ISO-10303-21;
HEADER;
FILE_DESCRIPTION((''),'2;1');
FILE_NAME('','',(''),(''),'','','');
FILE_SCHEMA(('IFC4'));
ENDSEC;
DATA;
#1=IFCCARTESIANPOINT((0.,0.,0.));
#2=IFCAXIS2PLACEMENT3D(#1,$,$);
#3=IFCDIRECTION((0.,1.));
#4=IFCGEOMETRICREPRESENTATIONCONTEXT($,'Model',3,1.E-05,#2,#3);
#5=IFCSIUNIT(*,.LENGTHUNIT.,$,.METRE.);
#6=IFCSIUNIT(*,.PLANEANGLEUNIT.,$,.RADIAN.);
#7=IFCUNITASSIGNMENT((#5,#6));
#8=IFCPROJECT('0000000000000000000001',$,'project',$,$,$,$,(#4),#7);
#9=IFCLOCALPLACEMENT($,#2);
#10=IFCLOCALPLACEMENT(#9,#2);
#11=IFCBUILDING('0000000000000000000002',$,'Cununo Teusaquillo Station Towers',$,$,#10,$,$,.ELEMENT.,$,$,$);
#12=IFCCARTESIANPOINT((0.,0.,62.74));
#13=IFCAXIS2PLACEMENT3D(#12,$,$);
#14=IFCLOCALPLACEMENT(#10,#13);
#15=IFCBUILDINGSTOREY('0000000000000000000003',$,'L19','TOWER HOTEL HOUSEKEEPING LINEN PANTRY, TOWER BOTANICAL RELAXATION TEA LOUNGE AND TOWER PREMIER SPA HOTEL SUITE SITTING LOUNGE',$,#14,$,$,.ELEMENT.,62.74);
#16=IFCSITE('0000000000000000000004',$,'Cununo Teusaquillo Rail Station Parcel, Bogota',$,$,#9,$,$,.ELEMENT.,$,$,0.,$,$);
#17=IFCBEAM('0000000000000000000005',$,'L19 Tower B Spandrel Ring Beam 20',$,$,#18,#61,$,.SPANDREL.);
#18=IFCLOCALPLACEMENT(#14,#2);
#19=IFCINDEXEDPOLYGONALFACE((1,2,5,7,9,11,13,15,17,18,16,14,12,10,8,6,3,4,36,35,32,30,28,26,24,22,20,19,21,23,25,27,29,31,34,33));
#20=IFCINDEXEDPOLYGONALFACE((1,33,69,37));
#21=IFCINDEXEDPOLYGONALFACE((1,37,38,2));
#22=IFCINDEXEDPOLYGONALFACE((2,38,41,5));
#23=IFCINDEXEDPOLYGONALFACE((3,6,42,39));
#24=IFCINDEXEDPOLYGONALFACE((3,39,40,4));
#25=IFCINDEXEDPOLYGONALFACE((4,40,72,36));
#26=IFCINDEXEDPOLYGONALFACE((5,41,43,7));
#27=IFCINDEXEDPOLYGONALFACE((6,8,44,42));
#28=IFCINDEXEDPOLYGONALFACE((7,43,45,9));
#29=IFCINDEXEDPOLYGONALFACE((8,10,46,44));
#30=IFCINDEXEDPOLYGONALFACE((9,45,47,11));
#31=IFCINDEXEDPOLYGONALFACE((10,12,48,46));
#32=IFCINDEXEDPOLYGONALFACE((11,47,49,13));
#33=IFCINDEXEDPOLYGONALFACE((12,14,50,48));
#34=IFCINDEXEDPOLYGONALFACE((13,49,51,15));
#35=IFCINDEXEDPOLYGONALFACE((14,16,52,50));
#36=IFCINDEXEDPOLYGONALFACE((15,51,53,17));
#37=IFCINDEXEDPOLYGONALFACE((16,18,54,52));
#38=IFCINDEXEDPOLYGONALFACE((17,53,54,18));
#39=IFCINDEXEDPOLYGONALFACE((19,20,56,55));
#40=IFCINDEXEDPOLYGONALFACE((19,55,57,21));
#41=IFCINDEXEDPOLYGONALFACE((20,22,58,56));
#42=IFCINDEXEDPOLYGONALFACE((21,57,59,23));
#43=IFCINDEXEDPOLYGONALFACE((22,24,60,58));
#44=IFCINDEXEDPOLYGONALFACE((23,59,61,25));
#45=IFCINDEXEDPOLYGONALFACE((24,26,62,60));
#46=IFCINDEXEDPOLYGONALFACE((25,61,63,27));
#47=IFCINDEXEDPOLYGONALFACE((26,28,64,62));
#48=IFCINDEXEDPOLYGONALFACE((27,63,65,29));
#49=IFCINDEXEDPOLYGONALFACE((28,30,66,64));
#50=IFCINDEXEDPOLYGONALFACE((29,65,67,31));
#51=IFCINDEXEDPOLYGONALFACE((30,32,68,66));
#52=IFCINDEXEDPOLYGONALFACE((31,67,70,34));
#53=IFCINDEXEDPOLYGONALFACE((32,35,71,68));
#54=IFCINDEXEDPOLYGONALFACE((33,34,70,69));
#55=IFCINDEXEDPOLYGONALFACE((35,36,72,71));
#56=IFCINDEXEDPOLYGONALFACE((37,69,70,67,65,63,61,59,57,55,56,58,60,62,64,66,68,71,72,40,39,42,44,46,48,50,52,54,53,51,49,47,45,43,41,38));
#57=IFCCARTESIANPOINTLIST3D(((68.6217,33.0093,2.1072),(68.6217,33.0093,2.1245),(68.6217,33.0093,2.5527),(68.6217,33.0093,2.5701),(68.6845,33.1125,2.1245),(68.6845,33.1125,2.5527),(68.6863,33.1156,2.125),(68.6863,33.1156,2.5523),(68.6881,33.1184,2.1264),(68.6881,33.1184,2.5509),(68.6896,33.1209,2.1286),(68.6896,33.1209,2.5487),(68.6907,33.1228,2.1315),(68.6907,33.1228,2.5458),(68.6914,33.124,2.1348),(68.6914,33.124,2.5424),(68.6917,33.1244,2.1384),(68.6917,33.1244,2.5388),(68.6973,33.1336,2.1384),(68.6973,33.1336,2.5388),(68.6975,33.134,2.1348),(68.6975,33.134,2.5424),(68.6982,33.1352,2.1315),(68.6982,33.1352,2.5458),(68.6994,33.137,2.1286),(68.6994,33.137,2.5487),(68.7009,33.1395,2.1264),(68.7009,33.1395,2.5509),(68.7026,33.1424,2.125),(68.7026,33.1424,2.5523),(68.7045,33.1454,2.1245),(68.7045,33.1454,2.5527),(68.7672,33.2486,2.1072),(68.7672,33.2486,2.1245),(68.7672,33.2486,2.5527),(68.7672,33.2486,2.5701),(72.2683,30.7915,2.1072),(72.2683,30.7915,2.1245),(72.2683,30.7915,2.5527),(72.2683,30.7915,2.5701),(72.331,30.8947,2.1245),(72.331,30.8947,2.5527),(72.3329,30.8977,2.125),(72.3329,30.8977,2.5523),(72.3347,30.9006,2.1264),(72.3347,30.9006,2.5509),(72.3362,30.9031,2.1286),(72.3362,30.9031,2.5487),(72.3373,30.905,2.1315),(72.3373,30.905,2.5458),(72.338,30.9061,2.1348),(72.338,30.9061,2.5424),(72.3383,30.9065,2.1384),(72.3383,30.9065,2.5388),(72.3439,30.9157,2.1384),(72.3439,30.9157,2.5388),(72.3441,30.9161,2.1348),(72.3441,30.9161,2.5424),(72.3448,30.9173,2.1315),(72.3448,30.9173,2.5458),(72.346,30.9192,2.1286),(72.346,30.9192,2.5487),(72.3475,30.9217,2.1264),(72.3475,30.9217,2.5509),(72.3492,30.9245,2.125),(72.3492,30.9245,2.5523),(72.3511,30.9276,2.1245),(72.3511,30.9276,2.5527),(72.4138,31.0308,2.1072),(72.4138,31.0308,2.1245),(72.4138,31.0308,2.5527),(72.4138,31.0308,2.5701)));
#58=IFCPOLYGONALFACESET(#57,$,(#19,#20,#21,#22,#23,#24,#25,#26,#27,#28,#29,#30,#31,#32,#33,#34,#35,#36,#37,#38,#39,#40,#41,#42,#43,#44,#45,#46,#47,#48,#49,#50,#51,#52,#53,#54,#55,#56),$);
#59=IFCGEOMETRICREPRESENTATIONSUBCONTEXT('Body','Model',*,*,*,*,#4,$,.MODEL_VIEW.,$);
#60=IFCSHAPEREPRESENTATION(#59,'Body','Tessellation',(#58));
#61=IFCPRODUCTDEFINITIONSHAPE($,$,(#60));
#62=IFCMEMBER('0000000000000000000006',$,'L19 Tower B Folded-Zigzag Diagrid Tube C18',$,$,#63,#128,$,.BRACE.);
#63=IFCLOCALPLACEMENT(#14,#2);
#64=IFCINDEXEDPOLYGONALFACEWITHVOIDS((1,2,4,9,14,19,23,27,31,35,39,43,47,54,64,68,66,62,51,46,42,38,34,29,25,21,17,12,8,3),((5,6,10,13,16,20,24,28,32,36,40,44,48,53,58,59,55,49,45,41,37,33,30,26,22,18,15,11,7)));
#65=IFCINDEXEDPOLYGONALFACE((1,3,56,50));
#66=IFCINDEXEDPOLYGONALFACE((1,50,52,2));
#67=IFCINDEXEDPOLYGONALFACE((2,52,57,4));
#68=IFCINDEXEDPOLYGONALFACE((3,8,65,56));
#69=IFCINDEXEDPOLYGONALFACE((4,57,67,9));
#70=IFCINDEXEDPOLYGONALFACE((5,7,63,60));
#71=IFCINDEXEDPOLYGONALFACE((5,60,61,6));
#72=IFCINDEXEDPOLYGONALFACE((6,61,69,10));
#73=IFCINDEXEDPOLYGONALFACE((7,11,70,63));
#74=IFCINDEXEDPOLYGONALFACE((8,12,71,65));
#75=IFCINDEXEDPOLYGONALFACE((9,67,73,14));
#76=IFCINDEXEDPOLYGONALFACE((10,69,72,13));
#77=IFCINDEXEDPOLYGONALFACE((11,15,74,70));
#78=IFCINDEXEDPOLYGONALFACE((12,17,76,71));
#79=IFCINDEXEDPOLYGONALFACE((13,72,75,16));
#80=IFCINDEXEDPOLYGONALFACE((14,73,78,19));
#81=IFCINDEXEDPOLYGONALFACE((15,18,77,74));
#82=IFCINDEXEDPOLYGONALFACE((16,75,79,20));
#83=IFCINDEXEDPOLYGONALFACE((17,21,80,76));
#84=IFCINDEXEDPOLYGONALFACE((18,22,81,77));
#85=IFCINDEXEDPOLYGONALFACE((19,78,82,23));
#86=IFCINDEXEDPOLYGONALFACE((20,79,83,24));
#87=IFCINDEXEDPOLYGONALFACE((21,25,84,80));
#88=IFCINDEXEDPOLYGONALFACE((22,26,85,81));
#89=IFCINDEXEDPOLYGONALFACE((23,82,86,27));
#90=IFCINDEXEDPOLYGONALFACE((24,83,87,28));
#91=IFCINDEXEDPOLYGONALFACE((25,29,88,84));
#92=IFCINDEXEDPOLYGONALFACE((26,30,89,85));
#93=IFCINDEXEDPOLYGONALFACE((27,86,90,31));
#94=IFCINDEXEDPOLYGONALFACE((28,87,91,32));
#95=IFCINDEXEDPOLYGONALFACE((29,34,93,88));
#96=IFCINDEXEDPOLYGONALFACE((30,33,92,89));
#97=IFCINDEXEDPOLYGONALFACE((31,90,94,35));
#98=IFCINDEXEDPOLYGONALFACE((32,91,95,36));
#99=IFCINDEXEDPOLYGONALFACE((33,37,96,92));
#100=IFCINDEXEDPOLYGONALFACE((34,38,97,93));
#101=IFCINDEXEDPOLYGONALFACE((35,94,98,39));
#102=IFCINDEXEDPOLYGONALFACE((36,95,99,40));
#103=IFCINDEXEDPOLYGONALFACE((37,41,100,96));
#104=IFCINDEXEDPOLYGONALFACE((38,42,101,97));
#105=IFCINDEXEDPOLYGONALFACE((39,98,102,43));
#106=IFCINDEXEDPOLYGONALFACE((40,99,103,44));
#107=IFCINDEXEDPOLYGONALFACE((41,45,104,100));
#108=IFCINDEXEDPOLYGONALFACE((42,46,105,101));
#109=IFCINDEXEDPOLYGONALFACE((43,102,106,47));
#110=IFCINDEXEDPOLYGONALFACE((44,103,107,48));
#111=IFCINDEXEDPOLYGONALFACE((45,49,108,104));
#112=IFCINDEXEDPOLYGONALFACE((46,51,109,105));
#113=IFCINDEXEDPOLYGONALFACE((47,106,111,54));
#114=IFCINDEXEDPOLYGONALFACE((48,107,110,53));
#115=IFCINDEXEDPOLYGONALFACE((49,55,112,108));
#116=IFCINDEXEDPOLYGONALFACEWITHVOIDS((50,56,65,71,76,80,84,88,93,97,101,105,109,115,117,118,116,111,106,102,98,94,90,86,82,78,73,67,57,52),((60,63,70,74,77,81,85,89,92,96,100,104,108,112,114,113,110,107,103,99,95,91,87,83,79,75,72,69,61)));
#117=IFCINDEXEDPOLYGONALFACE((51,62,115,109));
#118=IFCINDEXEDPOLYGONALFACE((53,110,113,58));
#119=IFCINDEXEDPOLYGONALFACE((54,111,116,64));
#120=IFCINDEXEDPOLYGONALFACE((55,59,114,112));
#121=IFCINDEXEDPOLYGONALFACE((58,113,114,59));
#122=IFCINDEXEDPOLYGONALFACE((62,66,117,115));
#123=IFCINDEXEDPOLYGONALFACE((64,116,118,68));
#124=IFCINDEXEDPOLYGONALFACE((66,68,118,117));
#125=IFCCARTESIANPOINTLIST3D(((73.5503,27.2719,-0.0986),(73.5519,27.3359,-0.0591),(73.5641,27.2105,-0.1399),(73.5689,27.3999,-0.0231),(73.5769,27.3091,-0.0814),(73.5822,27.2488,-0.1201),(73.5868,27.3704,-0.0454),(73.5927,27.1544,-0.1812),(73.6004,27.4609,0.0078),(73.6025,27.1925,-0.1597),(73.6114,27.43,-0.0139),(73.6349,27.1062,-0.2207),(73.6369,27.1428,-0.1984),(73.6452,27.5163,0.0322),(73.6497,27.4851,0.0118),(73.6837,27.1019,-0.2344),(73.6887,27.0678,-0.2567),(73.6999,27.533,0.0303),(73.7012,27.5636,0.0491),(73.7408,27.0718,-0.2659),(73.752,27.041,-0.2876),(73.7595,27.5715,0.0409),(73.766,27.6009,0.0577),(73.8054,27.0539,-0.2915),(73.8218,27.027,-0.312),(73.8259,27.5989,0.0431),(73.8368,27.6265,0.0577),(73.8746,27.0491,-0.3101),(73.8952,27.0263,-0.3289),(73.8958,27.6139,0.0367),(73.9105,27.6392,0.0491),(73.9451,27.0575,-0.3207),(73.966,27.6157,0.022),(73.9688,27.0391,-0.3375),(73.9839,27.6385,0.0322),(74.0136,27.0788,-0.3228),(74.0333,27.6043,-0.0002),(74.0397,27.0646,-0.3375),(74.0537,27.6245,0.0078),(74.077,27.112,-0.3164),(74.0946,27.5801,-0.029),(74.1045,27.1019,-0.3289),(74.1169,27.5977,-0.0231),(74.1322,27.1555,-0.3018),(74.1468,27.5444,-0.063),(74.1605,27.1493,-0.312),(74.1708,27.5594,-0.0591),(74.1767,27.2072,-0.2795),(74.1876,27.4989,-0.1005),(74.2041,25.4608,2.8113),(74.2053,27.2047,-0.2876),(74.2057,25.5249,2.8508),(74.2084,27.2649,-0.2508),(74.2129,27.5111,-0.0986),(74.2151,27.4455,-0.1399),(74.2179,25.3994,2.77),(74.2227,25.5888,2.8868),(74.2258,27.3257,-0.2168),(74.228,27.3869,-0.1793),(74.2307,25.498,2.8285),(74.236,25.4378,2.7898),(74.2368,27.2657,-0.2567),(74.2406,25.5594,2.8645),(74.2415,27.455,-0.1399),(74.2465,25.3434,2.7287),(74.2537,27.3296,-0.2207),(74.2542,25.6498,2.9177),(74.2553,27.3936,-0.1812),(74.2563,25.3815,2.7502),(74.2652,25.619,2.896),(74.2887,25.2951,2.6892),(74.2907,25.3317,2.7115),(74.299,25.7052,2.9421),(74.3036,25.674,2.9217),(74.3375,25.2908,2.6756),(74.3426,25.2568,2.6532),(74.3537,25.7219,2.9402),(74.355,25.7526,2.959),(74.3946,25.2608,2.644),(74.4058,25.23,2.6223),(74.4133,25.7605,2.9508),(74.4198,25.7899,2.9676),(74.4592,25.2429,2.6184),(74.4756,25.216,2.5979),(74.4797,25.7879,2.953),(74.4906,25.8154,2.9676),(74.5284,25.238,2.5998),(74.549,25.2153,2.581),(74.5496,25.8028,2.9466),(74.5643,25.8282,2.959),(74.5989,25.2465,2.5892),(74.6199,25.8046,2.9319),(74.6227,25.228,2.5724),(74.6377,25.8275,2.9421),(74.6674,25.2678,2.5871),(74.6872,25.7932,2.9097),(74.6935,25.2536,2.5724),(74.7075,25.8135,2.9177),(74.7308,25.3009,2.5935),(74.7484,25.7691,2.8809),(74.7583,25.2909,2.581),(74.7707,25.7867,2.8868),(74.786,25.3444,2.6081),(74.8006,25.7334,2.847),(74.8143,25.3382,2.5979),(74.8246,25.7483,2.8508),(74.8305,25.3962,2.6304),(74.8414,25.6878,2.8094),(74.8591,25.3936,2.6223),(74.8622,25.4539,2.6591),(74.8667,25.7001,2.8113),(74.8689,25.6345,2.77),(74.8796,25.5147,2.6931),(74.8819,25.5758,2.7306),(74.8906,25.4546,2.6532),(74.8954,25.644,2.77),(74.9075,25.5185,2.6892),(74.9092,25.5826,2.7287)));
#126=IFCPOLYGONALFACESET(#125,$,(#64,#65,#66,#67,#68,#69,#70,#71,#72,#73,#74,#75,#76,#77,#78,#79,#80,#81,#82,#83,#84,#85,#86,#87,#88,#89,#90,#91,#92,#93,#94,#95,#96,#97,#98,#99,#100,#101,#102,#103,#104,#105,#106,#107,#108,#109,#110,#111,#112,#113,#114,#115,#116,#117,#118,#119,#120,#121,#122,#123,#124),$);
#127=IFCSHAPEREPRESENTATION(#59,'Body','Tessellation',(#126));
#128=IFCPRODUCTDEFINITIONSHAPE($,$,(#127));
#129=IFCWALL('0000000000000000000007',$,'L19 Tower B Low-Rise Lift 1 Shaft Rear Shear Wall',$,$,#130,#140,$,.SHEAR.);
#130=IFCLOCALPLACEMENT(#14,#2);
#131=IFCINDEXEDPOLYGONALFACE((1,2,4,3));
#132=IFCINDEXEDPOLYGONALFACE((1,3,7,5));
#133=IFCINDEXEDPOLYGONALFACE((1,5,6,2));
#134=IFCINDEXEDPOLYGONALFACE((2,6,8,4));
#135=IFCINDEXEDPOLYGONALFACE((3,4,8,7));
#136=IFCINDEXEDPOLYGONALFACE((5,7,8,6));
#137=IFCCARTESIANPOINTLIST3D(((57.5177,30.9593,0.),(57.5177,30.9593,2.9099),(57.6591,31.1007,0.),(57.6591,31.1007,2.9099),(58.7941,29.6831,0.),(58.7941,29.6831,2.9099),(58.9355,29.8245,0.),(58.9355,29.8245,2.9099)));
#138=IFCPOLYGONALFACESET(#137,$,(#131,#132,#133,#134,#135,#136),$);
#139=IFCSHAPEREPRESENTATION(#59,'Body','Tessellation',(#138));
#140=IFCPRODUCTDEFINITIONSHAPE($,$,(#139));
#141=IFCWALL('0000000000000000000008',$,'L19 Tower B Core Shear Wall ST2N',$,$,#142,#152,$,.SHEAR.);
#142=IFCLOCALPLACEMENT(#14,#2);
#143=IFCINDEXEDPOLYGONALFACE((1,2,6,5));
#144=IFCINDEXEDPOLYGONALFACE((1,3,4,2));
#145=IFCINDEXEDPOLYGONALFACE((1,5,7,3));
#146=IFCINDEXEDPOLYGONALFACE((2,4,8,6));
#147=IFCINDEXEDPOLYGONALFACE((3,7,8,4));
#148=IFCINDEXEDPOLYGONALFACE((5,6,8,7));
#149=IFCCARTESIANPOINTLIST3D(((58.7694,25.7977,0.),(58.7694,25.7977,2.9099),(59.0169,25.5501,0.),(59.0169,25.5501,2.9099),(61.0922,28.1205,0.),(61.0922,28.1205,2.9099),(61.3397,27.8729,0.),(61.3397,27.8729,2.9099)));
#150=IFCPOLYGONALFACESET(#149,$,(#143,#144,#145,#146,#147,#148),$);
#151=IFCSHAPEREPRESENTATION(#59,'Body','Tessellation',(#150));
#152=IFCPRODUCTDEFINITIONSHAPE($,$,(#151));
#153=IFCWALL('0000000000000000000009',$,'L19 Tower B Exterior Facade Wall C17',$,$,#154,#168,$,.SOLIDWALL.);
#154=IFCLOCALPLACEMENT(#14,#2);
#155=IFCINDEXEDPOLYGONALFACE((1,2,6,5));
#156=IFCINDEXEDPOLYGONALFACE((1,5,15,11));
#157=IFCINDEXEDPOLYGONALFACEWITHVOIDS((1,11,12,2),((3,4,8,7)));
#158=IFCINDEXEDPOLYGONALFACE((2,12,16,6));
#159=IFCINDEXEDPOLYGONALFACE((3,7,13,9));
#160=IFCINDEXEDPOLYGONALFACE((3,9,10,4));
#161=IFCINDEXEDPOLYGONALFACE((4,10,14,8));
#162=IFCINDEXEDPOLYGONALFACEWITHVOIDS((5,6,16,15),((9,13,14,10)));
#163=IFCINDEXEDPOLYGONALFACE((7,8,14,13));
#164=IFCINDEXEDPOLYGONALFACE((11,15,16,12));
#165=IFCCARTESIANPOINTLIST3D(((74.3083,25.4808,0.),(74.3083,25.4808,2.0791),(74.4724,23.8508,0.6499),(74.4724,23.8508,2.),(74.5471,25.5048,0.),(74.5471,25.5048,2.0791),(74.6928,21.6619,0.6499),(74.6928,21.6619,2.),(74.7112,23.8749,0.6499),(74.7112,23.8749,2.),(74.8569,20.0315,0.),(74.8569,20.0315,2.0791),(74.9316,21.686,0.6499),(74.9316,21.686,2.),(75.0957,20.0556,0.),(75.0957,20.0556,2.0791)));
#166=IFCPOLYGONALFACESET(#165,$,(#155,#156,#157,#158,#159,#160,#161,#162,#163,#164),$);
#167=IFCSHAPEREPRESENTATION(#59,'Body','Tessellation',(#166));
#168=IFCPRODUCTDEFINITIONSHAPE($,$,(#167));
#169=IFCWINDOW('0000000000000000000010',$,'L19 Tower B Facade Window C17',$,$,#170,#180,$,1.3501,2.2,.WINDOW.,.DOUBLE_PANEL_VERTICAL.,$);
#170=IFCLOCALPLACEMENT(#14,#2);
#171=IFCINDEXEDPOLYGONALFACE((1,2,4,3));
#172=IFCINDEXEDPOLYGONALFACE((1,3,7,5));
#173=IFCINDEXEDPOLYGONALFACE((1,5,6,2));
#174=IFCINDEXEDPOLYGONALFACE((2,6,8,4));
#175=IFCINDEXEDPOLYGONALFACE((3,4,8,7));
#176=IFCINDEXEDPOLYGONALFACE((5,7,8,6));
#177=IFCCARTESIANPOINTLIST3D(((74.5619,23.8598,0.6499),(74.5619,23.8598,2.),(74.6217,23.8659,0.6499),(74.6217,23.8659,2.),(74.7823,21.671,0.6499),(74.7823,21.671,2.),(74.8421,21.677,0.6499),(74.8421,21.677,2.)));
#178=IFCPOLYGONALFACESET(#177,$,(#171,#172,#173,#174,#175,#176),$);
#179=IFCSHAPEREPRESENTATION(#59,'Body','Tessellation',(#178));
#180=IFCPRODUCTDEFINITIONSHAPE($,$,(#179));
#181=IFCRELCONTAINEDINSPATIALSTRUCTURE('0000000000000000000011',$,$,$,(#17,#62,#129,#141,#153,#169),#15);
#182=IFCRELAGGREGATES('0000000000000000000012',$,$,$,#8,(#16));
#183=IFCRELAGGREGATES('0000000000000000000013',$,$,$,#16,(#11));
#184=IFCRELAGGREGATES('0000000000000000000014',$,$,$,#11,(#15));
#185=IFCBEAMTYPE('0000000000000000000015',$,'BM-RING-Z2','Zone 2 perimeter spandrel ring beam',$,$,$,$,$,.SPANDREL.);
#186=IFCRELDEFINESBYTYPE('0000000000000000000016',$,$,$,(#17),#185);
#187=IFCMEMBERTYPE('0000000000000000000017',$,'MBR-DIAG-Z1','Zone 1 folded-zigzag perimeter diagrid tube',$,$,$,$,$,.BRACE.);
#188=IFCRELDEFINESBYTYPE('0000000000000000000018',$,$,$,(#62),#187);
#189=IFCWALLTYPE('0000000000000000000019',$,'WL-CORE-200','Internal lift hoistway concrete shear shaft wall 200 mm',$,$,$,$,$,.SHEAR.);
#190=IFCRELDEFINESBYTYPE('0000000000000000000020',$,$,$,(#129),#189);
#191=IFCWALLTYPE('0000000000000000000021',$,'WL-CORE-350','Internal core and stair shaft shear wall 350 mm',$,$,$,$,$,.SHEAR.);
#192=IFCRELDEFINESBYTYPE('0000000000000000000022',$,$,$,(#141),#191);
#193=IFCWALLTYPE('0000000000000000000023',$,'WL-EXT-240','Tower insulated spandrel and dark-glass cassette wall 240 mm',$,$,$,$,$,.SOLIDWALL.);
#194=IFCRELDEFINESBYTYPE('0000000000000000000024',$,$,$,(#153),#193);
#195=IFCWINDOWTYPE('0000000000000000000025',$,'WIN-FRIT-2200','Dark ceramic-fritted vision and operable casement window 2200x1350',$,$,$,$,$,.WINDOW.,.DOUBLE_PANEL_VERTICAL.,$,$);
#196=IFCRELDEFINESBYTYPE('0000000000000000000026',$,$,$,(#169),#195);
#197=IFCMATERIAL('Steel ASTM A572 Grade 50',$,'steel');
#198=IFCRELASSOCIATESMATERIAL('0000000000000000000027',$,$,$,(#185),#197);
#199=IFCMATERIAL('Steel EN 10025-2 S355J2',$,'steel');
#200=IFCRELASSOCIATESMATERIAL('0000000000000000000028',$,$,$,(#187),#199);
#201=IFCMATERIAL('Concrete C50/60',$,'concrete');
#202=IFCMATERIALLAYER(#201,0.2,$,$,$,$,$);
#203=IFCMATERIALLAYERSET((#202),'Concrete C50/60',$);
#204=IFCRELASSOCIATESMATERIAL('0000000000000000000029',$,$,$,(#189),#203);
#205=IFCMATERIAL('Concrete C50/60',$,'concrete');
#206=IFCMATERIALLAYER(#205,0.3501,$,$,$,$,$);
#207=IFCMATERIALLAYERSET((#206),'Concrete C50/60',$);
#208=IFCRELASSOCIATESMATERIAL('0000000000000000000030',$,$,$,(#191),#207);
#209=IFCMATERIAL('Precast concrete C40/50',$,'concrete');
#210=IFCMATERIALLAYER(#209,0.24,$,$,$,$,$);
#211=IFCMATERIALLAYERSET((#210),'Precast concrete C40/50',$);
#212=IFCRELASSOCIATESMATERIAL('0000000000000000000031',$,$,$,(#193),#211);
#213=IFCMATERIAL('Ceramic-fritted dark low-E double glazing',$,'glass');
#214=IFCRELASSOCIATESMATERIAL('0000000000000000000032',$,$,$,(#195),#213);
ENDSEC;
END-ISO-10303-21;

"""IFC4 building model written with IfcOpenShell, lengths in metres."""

from ifc_helpers import new_model, si_unit, direction, frame, frame_2d, origin, origin_2d, place, context, subcontext, project, spatial, rectangle, hollow_circle, i_section, extrude, source, transform, mapped, material, layer, layer_set, material_profile, profile_set, type_object, element, fill, save


model = new_model("IFC4")

# Units and contexts
model_context = context("Model", 3, precision=1e-05, world=origin(), true_north=direction((0.0, 1.0)))
body_context = subcontext(model_context, "Body", "Model", "MODEL_VIEW")
ifc_project = project(units=[si_unit("LENGTHUNIT", "METRE"), si_unit("PLANEANGLEUNIT", "RADIAN")], contexts=[model_context])

# Site, building, storey
site_placement = place(None, origin())
site = spatial("IfcSite", under=ifc_project, at=site_placement, Name="Cununo Teusaquillo Rail Station Parcel, Bogota", CompositionType="ELEMENT", RefElevation=0.0)
building_placement = place(site_placement, origin())
building = spatial("IfcBuilding", under=site, at=building_placement, Name="Cununo Teusaquillo Station Towers", CompositionType="ELEMENT")
storey_placement = place(building_placement, frame((0.0, 0.0, 62.74)))
storey = spatial("IfcBuildingStorey", under=building, at=storey_placement, Name="L19", Description="TOWER HOTEL HOUSEKEEPING LINEN PANTRY, TOWER BOTANICAL RELAXATION TEA LOUNGE AND TOWER PREMIER SPA HOTEL SUITE SITTING LOUNGE", CompositionType="ELEMENT", Elevation=62.74)

# Beam
ifc_material_1 = material(Name="Steel ASTM A572 Grade 50", Category="steel")
ifc_material_profile_1 = material_profile(ifc_material_1, i_section(OverallWidth=0.28, OverallDepth=0.4629, WebThickness=0.0107, FlangeThickness=0.0173, FilletRadius=0.0139, at=origin_2d()), Name="W18X76")
ifc_profile_set_1 = profile_set([ifc_material_profile_1], Name="Steel ASTM A572 Grade 50")
beam_type = type_object("IfcBeamType", Name="BM-RING-Z2", Description="Zone 2 perimeter spandrel ring beam", PredefinedType="SPANDREL", material=ifc_profile_set_1)
beam_1_placement = place(storey_placement, frame((72.3411, 30.9111, 2.3386), z_axis=(-0.854388, 0.519635, 0.0), x_axis=(-0.519635, -0.854388, 0.0)))
element("IfcBeam", 1, at=beam_1_placement, inside=storey, type_object=beam_type, Name="L19 Tower B Spandrel Ring Beam 20", PredefinedType="SPANDREL", context=body_context, shape_type="SweptSolid", body=[
    extrude(i_section(OverallWidth=0.28, OverallDepth=0.4629, WebThickness=0.0107, FlangeThickness=0.0173, FilletRadius=0.0139, at=origin_2d()), origin(), (0.0, 0.0, 1.0), 4.2681),
])

# Member
ifc_material_2 = material(Name="Steel EN 10025-2 S355J2", Category="steel")
ifc_material_profile_2 = material_profile(ifc_material_2, hollow_circle(Radius=0.3601, WallThickness=0.0281, at=origin_2d()), Name="CHS 720x28")
ifc_profile_set_2 = profile_set([ifc_material_profile_2], Name="Steel EN 10025-2 S355J2")
member_type = type_object("IfcMemberType", Name="MBR-DIAG-Z1", Description="Zone 1 folded-zigzag perimeter diagrid tube", PredefinedType="BRACE", material=ifc_profile_set_2)
member_placement = place(storey_placement, frame((73.9028, 27.3328, -0.1399), z_axis=(0.187378, -0.519032, 0.833964), x_axis=(0.940583, 0.339563, 0.0)))
element("IfcMember", 2, at=member_placement, inside=storey, type_object=member_type, Name="L19 Tower B Folded-Zigzag Diagrid Tube C18", PredefinedType="BRACE", context=body_context, shape_type="SweptSolid", body=[
    extrude(hollow_circle(Radius=0.3601, WallThickness=0.0281, at=origin_2d()), origin(), (0.0, 0.0, 1.0), 3.4893),
])

# Walls
ifc_material_3 = material(Name="Concrete C50/60", Category="concrete")
ifc_layer_1 = layer(ifc_material_3, 0.2)
ifc_layer_set_1 = layer_set([ifc_layer_1], Name="Concrete C50/60")
wall_type_1 = type_object("IfcWallType", Name="WL-CORE-200", Description="Internal lift hoistway concrete shear shaft wall 200 mm", PredefinedType="SHEAR", material=ifc_layer_set_1)
wall_1_placement = place(storey_placement, frame((58.8647, 29.7539, 0.0), z_axis=(0.0, 0.0, 1.0), x_axis=(-0.707174, 0.707039, 0.0)))
element("IfcWall", 3, at=wall_1_placement, inside=storey, type_object=wall_type_1, Name="L19 Tower B Low-Rise Lift 1 Shaft Rear Shear Wall", PredefinedType="SHEAR", context=body_context, shape_type="SweptSolid", body=[
    extrude(rectangle(XDim=1.8049, YDim=0.2, at=frame_2d((0.9023, 0.0))), origin(), (0.0, 0.0, 1.0), 2.9099),
])
ifc_material_4 = material(Name="Concrete C50/60", Category="concrete")
ifc_layer_2 = layer(ifc_material_4, 0.3501)
ifc_layer_set_2 = layer_set([ifc_layer_2], Name="Concrete C50/60")
wall_type_2 = type_object("IfcWallType", Name="WL-CORE-350", Description="Internal core and stair shaft shear wall 350 mm", PredefinedType="SHEAR", material=ifc_layer_set_2)
wall_2_placement = place(storey_placement, frame((58.8931, 25.6738, 0.0), z_axis=(0.0, 0.0, 1.0), x_axis=(0.707107, 0.707107, 0.0)))
element("IfcWall", 4, at=wall_2_placement, inside=storey, type_object=wall_type_2, Name="L19 Tower B Core Shear Wall ST2N", PredefinedType="SHEAR", context=body_context, shape_type="SweptSolid", body=[
    extrude(rectangle(XDim=3.2849, YDim=0.3501, at=frame_2d((1.6426, 0.0))), origin(), (0.0, 0.0, 1.0), 2.9099),
])

# Wall, opening, window
ifc_material_5 = material(Name="Precast concrete C40/50", Category="concrete")
ifc_layer_3 = layer(ifc_material_5, 0.24)
ifc_layer_set_3 = layer_set([ifc_layer_3], Name="Precast concrete C40/50")
wall_type_3 = type_object("IfcWallType", Name="WL-EXT-240", Description="Tower insulated spandrel and dark-glass cassette wall 240 mm", PredefinedType="SOLIDWALL", material=ifc_layer_set_3)
wall_3_placement = place(storey_placement, frame((74.4277, 25.4927, 0.0), z_axis=(0.0, 0.0, 1.0), x_axis=(0.100166, -0.994971, 0.0)))
wall_3 = element("IfcWall", 5, at=wall_3_placement, inside=storey, type_object=wall_type_3, Name="L19 Tower B Exterior Facade Wall C17", PredefinedType="SOLIDWALL", context=body_context, shape_type="SweptSolid", body=[
    extrude(rectangle(XDim=5.4768, YDim=0.24, at=frame_2d((2.7383, 0.0))), origin(), (0.0, 0.0, 1.0), 2.0791),
])
shared_shape_1 = source(origin(), body_context, "Body", "SweptSolid", [
    extrude(rectangle(XDim=2.2, YDim=1.3501, at=frame_2d((1.1001, 0.675))), frame((0.0, 0.1299, 0.0), z_axis=(0.0, -1.0, 0.0), x_axis=(1.0, 0.0, 0.0)), (0.0, 0.0, 1.0), 0.26),
])
opening_1_placement = place(wall_3_placement, frame((1.6379, 0.0, 0.6499)))
opening_1 = element("IfcOpeningElement", 6, at=opening_1_placement, cuts=wall_3, PredefinedType="OPENING", context=body_context, shape_type="MappedRepresentation", body=[
    mapped(shared_shape_1, transform((0.0, 0.0, 0.0), x_axis=(1.0, 0.0, 0.0), y_axis=(0.0, 1.0, 0.0), z_axis=(0.0, 0.0, 1.0), scale=1.0)),
])
ifc_material_6 = material(Name="Ceramic-fritted dark low-E double glazing", Category="glass")
window_type_1 = type_object("IfcWindowType", Name="WIN-FRIT-2200", Description="Dark ceramic-fritted vision and operable casement window 2200x1350", PartitioningType="DOUBLE_PANEL_VERTICAL", PredefinedType="WINDOW", material=ifc_material_6)
shared_shape_2 = source(origin(), body_context, "Body", "SweptSolid", [
    extrude(rectangle(XDim=2.2, YDim=1.3501, at=frame_2d((1.1001, 0.675))), frame((0.0, 0.03, 0.0), z_axis=(0.0, -1.0, 0.0), x_axis=(1.0, 0.0, 0.0)), (0.0, 0.0, 1.0), 0.0601),
])
window_1_placement = place(opening_1_placement, origin())
window_1 = element("IfcWindow", 7, at=window_1_placement, inside=storey, type_object=window_type_1, Name="L19 Tower B Facade Window C17", OverallHeight=1.3501, OverallWidth=2.2, PartitioningType="DOUBLE_PANEL_VERTICAL", PredefinedType="WINDOW", context=body_context, shape_type="MappedRepresentation", body=[
    mapped(shared_shape_2, transform((0.0, 0.0, 0.0), x_axis=(1.0, 0.0, 0.0), y_axis=(0.0, 1.0, 0.0), z_axis=(0.0, 0.0, 1.0), scale=1.0)),
])
fill(opening_1, window_1)

save(model, "model.ifc")
